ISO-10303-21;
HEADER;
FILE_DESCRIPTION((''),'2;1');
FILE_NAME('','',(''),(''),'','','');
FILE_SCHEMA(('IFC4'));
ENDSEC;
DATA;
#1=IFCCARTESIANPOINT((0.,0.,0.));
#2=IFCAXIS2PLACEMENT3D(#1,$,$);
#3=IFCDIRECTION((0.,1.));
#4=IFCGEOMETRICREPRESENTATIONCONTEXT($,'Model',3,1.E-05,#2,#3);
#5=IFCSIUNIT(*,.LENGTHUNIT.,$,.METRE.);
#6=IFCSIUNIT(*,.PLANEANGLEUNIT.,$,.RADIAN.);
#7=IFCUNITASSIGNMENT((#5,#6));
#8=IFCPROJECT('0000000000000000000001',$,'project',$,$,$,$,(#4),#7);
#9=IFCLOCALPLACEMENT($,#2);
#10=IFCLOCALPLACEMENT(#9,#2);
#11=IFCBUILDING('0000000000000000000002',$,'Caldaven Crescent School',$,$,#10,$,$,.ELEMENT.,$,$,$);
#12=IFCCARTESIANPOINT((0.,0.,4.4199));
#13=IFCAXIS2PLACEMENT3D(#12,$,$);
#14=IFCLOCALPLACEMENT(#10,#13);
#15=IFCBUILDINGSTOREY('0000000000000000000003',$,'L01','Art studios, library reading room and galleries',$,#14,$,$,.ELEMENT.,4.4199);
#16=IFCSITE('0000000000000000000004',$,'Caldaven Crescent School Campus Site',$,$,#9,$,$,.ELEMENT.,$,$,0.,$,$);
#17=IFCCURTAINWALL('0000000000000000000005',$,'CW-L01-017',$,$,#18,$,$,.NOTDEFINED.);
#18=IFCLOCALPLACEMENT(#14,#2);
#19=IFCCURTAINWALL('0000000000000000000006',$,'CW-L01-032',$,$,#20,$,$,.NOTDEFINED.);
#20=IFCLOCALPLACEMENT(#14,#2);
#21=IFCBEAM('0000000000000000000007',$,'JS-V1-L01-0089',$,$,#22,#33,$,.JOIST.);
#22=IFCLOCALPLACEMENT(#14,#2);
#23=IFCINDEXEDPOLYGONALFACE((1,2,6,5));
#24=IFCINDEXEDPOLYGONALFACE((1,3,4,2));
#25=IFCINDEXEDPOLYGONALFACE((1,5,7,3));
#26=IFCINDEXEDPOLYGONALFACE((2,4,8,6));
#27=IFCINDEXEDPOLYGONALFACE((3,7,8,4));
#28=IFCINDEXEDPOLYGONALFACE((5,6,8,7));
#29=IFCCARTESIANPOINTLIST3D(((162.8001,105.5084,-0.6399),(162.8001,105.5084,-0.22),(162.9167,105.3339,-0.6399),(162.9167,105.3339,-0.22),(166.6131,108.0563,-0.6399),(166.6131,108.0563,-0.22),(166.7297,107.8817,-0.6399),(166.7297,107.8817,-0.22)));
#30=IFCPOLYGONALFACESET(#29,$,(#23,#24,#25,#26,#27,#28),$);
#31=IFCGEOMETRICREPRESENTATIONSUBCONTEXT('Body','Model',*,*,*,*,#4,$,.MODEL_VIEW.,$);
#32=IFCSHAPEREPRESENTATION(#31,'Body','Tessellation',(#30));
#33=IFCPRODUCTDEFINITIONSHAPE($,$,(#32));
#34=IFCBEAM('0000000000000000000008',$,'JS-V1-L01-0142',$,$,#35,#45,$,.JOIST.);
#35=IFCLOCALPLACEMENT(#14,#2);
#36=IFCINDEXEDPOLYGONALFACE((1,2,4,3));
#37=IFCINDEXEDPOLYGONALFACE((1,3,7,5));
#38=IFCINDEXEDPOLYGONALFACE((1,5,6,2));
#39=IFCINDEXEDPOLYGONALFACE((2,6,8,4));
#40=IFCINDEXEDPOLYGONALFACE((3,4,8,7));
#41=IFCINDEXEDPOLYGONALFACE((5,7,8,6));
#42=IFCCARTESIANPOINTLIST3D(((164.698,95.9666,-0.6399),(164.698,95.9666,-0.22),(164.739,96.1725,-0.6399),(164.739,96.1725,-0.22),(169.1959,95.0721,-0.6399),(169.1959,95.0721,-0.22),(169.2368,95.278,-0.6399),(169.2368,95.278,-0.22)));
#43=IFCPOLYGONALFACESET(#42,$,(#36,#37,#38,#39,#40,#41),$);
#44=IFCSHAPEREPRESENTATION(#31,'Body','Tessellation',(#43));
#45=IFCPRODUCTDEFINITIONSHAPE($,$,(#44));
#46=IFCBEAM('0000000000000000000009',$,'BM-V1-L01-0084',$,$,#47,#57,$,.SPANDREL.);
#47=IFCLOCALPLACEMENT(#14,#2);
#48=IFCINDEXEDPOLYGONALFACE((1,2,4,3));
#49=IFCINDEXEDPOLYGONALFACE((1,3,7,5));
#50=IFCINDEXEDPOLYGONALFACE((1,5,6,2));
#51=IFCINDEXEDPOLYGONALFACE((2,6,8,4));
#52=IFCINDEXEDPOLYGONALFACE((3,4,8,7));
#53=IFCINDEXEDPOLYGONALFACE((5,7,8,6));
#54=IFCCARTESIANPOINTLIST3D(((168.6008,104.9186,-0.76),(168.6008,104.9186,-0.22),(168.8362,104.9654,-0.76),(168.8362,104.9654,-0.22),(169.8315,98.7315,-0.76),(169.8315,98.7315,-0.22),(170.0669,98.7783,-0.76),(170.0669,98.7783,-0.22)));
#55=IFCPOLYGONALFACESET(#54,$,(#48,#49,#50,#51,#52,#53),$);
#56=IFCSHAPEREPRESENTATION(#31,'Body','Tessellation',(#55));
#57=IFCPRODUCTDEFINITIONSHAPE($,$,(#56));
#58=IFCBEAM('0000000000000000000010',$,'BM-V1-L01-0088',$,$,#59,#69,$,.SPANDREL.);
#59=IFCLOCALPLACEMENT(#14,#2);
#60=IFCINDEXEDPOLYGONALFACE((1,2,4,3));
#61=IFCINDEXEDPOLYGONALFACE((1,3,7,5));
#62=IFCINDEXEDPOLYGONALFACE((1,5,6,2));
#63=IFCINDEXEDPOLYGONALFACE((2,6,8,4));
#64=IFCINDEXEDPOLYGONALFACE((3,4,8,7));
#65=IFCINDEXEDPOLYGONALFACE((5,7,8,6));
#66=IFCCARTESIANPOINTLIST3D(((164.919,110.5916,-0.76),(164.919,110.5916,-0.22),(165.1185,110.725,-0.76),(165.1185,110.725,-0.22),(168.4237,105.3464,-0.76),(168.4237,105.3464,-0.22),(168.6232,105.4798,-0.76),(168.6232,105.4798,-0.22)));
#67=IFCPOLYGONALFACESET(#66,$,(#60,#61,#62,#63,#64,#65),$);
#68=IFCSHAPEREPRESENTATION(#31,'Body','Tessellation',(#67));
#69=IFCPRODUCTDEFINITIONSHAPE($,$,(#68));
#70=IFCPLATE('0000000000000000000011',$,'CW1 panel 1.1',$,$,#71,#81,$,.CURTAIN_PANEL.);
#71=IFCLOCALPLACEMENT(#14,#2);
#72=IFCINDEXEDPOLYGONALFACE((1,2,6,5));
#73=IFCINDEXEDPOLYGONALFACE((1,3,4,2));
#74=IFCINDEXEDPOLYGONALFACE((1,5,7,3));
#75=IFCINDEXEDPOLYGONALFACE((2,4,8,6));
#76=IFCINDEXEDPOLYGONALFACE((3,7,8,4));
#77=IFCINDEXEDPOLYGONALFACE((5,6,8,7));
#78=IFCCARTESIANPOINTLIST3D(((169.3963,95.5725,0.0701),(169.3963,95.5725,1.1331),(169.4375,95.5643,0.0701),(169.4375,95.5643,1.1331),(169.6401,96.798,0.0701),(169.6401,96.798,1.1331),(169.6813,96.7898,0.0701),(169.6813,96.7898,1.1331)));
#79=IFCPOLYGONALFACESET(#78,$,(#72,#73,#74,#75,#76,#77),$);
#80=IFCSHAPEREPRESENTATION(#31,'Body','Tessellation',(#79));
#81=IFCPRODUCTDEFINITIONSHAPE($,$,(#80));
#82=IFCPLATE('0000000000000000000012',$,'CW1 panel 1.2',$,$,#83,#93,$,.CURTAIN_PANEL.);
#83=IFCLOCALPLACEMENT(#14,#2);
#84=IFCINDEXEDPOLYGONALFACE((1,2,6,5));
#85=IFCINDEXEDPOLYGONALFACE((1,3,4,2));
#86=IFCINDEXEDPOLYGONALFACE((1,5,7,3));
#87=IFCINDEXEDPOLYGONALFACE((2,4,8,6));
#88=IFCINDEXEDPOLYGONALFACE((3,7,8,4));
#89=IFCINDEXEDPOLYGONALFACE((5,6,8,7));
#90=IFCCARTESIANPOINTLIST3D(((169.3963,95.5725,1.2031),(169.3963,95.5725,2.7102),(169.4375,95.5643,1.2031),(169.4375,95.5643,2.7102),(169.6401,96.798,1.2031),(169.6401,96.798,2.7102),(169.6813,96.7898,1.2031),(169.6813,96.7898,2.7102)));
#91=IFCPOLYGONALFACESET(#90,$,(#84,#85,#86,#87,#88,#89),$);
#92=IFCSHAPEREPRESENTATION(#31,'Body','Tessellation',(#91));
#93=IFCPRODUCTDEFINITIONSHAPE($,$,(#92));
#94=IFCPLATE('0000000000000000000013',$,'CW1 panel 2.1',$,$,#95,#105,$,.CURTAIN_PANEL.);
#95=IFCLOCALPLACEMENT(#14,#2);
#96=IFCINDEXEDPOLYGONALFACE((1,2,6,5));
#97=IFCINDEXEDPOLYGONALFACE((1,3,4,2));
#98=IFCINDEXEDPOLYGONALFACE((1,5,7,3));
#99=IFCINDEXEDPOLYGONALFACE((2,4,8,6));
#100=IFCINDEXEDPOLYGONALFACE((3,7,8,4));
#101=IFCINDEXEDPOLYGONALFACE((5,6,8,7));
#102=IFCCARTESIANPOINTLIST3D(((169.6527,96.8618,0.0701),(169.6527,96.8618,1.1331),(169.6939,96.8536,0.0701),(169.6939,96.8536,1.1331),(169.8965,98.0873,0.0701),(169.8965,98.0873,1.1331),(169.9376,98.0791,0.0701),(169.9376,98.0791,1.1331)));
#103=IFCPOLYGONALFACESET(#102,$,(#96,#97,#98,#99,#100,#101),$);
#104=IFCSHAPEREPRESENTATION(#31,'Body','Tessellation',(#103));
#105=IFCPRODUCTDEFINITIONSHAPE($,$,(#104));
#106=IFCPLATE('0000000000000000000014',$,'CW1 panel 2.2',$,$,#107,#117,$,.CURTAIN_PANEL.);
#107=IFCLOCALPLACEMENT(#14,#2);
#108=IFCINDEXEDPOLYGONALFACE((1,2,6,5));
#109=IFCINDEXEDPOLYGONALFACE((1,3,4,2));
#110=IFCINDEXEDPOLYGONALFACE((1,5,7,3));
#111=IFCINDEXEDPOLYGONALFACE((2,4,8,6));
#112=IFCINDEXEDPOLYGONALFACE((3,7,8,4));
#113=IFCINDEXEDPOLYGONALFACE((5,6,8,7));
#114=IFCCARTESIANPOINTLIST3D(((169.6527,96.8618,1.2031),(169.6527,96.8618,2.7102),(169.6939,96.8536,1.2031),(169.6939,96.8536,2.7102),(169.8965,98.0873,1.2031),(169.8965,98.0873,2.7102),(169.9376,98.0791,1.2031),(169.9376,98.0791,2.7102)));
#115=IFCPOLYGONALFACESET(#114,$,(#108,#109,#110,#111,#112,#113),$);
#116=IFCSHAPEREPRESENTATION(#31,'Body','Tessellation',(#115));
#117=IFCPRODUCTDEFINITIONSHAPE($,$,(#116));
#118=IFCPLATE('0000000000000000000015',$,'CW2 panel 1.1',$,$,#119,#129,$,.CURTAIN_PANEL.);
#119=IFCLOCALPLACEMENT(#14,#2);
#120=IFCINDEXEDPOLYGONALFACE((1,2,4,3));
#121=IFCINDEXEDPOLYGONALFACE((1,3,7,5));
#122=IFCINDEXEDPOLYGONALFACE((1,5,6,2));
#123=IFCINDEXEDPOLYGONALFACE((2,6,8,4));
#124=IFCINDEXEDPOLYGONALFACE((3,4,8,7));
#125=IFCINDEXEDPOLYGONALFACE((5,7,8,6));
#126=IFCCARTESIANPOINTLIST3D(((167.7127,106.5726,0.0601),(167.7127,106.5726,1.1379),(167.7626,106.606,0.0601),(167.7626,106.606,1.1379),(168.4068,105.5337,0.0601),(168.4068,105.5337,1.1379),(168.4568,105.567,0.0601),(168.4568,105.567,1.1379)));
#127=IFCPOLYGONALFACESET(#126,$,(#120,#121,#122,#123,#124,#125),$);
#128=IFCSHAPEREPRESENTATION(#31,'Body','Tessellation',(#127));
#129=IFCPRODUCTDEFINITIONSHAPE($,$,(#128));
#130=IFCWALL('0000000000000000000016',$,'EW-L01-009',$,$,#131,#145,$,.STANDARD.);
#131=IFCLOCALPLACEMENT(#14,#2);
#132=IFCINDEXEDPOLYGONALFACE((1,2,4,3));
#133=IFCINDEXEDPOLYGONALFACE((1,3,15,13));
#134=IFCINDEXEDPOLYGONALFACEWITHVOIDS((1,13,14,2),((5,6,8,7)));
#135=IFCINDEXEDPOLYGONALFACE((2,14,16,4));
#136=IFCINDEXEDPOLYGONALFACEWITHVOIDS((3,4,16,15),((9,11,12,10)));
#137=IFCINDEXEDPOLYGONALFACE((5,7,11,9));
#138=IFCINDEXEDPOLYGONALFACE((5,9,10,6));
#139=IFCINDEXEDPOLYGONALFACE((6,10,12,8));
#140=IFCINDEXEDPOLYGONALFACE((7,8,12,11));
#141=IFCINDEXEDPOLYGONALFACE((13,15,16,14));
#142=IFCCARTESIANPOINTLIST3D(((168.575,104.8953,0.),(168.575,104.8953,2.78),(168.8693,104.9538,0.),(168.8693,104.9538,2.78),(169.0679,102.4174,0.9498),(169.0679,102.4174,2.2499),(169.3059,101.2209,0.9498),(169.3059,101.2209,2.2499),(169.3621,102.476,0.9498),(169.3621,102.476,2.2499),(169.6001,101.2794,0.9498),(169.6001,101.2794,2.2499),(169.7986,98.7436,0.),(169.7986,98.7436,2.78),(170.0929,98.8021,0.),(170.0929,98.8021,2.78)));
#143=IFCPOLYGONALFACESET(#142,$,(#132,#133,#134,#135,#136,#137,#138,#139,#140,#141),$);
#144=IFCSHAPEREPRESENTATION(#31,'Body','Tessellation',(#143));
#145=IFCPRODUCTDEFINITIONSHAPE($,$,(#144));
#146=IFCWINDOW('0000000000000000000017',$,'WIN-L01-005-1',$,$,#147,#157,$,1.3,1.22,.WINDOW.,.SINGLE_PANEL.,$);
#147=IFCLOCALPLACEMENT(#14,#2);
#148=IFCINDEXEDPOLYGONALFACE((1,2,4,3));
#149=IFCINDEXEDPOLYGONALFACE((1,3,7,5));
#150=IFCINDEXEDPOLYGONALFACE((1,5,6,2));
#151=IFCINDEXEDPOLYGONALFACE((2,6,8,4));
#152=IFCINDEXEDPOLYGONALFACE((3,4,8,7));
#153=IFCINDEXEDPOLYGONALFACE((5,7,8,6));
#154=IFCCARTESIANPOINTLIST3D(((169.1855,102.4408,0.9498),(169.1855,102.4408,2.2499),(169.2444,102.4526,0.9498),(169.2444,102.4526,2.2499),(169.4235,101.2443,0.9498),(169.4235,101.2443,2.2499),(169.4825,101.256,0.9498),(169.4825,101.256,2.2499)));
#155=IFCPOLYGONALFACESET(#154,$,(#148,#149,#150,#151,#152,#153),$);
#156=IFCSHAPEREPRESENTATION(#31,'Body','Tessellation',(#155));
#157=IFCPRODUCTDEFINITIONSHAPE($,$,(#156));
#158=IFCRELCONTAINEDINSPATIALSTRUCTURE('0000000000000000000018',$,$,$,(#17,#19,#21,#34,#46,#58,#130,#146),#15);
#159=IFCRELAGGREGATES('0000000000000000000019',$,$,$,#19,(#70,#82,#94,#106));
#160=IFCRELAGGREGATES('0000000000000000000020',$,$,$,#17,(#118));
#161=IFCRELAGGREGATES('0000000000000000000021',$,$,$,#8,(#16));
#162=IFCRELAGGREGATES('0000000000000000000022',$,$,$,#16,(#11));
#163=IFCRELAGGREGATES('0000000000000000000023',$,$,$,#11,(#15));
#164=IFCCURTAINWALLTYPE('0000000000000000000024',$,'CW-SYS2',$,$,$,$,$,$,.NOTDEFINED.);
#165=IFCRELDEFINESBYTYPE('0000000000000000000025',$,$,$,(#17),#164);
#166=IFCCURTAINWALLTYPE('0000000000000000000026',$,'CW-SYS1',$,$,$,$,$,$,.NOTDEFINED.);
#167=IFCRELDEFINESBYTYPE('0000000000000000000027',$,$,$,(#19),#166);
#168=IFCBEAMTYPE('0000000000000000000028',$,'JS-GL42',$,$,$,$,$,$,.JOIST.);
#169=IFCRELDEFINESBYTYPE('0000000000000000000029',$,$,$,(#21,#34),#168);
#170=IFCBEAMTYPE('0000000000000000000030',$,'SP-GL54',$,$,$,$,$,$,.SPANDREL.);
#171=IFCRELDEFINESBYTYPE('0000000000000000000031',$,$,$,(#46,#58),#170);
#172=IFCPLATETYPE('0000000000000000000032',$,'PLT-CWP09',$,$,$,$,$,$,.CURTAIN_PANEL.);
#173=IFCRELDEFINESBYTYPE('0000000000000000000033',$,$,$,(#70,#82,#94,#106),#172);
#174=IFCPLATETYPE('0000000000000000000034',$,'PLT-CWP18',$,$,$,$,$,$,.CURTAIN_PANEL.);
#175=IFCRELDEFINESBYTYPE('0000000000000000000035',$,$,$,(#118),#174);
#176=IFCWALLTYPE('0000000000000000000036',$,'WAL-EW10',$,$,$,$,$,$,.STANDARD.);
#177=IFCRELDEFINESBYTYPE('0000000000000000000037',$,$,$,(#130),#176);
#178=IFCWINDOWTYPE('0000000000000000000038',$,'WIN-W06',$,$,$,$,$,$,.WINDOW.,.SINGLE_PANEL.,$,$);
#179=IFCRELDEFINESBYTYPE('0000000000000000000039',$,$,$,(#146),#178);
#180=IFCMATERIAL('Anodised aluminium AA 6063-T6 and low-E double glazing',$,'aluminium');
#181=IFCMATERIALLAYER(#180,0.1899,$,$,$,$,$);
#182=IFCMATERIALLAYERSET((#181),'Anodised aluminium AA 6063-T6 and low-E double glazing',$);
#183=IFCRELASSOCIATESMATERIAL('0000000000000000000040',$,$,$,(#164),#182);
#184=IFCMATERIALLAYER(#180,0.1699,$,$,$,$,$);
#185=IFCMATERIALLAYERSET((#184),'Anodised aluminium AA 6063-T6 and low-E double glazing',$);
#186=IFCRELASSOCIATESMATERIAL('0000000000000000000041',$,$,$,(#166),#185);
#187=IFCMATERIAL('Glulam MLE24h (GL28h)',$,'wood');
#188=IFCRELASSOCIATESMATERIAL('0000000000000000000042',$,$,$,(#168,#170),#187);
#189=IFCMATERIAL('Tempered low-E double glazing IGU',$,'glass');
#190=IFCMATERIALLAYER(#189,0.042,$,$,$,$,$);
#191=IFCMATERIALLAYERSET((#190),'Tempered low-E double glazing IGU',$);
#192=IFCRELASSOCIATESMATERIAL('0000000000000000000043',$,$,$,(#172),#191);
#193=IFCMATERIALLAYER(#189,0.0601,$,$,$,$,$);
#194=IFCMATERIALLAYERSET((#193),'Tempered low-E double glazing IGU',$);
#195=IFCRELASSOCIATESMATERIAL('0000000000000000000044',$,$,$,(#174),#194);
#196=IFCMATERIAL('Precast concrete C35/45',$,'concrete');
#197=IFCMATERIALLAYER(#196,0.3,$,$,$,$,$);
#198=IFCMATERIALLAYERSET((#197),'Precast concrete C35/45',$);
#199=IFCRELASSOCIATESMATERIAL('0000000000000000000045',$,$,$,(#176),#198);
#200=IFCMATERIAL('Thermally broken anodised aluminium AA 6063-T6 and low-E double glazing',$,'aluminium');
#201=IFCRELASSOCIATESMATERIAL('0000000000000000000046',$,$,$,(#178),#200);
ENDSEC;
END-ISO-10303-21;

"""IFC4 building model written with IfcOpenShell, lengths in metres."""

from ifc_helpers import new_model, si_unit, direction, frame, frame_2d, origin, origin_2d, place, context, subcontext, project, spatial, rectangle, extrude, material, layer, layer_set, material_profile, profile_set, type_object, element, fill, aggregate, save


model = new_model("IFC4")

# Units and contexts
model_context = context("Model", 3, precision=1e-05, world=origin(), true_north=direction((0.0, 1.0)))
body_context = subcontext(model_context, "Body", "Model", "MODEL_VIEW")
ifc_project = project(units=[si_unit("LENGTHUNIT", "METRE"), si_unit("PLANEANGLEUNIT", "RADIAN")], contexts=[model_context])

# Site, building, storey
site_placement = place(None, origin())
site = spatial("IfcSite", under=ifc_project, at=site_placement, Name="Caldaven Crescent School Campus Site", CompositionType="ELEMENT", RefElevation=0.0)
building_placement = place(site_placement, origin())
building = spatial("IfcBuilding", under=site, at=building_placement, Name="Caldaven Crescent School", CompositionType="ELEMENT")
storey_placement = place(building_placement, frame((0.0, 0.0, 4.4199)))
storey = spatial("IfcBuildingStorey", under=building, at=storey_placement, Name="L01", Description="Art studios, library reading room and galleries", CompositionType="ELEMENT", Elevation=4.4199)

# Shared definitions
ifc_material_1 = material(Name="Glulam MLE24h (GL28h)", Category="wood")

# Curtain wall
ifc_material_2 = material(Name="Anodised aluminium AA 6063-T6 and low-E double glazing", Category="aluminium")
ifc_layer_1 = layer(ifc_material_2, 0.1899)
ifc_layer_set_1 = layer_set([ifc_layer_1], Name="Anodised aluminium AA 6063-T6 and low-E double glazing")
curtain_wall_type_1 = type_object("IfcCurtainWallType", Name="CW-SYS2", PredefinedType="NOTDEFINED", material=ifc_layer_set_1)
curtain_wall_1_placement = place(storey_placement, origin())
curtain_wall_1 = element("IfcCurtainWall", 1, at=curtain_wall_1_placement, inside=storey, type_object=curtain_wall_type_1, Name="CW-L01-017", PredefinedType="NOTDEFINED")

# Curtain wall
ifc_layer_2 = layer(ifc_material_2, 0.1699)
ifc_layer_set_2 = layer_set([ifc_layer_2], Name="Anodised aluminium AA 6063-T6 and low-E double glazing")
curtain_wall_type_2 = type_object("IfcCurtainWallType", Name="CW-SYS1", PredefinedType="NOTDEFINED", material=ifc_layer_set_2)
curtain_wall_2_placement = place(storey_placement, origin())
curtain_wall_2 = element("IfcCurtainWall", 2, at=curtain_wall_2_placement, inside=storey, type_object=curtain_wall_type_2, Name="CW-L01-032", PredefinedType="NOTDEFINED")

# Beams
ifc_material_profile_1 = material_profile(ifc_material_1, rectangle(XDim=0.21, YDim=0.4199, at=origin_2d()), Name="MLE 210x420")
ifc_profile_set_1 = profile_set([ifc_material_profile_1], Name="Glulam MLE24h (GL28h)")
beam_type_1 = type_object("IfcBeamType", Name="JS-GL42", PredefinedType="JOIST", material=ifc_profile_set_1)
for number, where, z_axis, x_axis, name in (
    (3, (162.8584, 105.4211, -0.4299), (0.83146, 0.555584, 0.0), (-0.555584, 0.83146, 0.0), "JS-V1-L01-0089"),
    (4, (164.7185, 96.0696, -0.4299), (0.980791, -0.195062, 0.0), (0.195062, 0.980791, 0.0), "JS-V1-L01-0142"),
):
    element("IfcBeam", number, at=place(storey_placement, frame(where, z_axis=z_axis, x_axis=x_axis)), inside=storey, type_object=beam_type_1, Name=name, PredefinedType="JOIST", context=body_context, shape_type="SweptSolid", body=[
        extrude(rectangle(XDim=0.21, YDim=0.4199, at=origin_2d()), origin(), (0.0, 0.0, 1.0), 4.5859),
    ])
ifc_material_profile_2 = material_profile(ifc_material_1, rectangle(XDim=0.24, YDim=0.54, at=origin_2d()), Name="MLE 240x540")
ifc_profile_set_2 = profile_set([ifc_material_profile_2], Name="Glulam MLE24h (GL28h)")
beam_type_2 = type_object("IfcBeamType", Name="SP-GL54", PredefinedType="SPANDREL", material=ifc_profile_set_2)
for number, where, z_axis, x_axis, name in (
    (5, (169.9492, 98.7549, -0.49), (-0.195096, 0.980784, 0.0), (-0.980784, -0.195096, 0.0), "BM-V1-L01-0084"),
    (6, (168.5234, 105.4131, -0.49), (-0.555566, 0.831472, 0.0), (-0.831472, -0.555566, 0.0), "BM-V1-L01-0088"),
):
    element("IfcBeam", number, at=place(storey_placement, frame(where, z_axis=z_axis, x_axis=x_axis)), inside=storey, type_object=beam_type_2, Name=name, PredefinedType="SPANDREL", context=body_context, shape_type="SweptSolid", body=[
        extrude(rectangle(XDim=0.24, YDim=0.54, at=origin_2d()), origin(), (0.0, 0.0, 1.0), 6.3083),
    ])

# Plates
ifc_material_3 = material(Name="Tempered low-E double glazing IGU", Category="glass")
ifc_layer_3 = layer(ifc_material_3, 0.042)
ifc_layer_set_3 = layer_set([ifc_layer_3], Name="Tempered low-E double glazing IGU")
plate_type_1 = type_object("IfcPlateType", Name="PLT-CWP09", PredefinedType="CURTAIN_PANEL", material=ifc_layer_set_3)
plate_1_placement = place(storey_placement, frame((169.5388, 96.1812, 0.0701), z_axis=(0.0, 0.0, 1.0), x_axis=(0.19509, 0.980785, 0.0)))
plate_1 = element("IfcPlate", 7, at=plate_1_placement, type_object=plate_type_1, Name="CW1 panel 1.1", PredefinedType="CURTAIN_PANEL", context=body_context, shape_type="SweptSolid", body=[
    extrude(rectangle(XDim=1.2495, YDim=0.042, at=origin_2d()), origin(), (0.0, 0.0, 1.0), 1.063),
])
plate_2_placement = place(storey_placement, frame((169.5388, 96.1812, 1.2031), z_axis=(0.0, 0.0, 1.0), x_axis=(0.19509, 0.980785, 0.0)))
plate_2 = element("IfcPlate", 8, at=plate_2_placement, type_object=plate_type_1, Name="CW1 panel 1.2", PredefinedType="CURTAIN_PANEL", context=body_context, shape_type="SweptSolid", body=[
    extrude(rectangle(XDim=1.2495, YDim=0.042, at=origin_2d()), origin(), (0.0, 0.0, 1.0), 1.5071),
])
plate_3_placement = place(storey_placement, frame((169.7952, 97.4705, 0.0701), z_axis=(0.0, 0.0, 1.0), x_axis=(0.19509, 0.980785, 0.0)))
plate_3 = element("IfcPlate", 9, at=plate_3_placement, type_object=plate_type_1, Name="CW1 panel 2.1", PredefinedType="CURTAIN_PANEL", context=body_context, shape_type="SweptSolid", body=[
    extrude(rectangle(XDim=1.2495, YDim=0.042, at=origin_2d()), origin(), (0.0, 0.0, 1.0), 1.063),
])
plate_4_placement = place(storey_placement, frame((169.7952, 97.4705, 1.2031), z_axis=(0.0, 0.0, 1.0), x_axis=(0.19509, 0.980785, 0.0)))
plate_4 = element("IfcPlate", 10, at=plate_4_placement, type_object=plate_type_1, Name="CW1 panel 2.2", PredefinedType="CURTAIN_PANEL", context=body_context, shape_type="SweptSolid", body=[
    extrude(rectangle(XDim=1.2495, YDim=0.042, at=origin_2d()), origin(), (0.0, 0.0, 1.0), 1.5071),
])
aggregate(curtain_wall_2, [plate_1, plate_2, plate_3, plate_4])
ifc_layer_4 = layer(ifc_material_3, 0.0601)
ifc_layer_set_4 = layer_set([ifc_layer_4], Name="Tempered low-E double glazing IGU")
plate_type_2 = type_object("IfcPlateType", Name="PLT-CWP18", PredefinedType="CURTAIN_PANEL", material=ifc_layer_set_4)
plate_5_placement = place(storey_placement, frame((168.0847, 106.0698, 0.0601), z_axis=(0.0, 0.0, 1.0), x_axis=(-0.555569, 0.83147, 0.0)))
plate_5 = element("IfcPlate", 11, at=plate_5_placement, type_object=plate_type_2, Name="CW2 panel 1.1", PredefinedType="CURTAIN_PANEL", context=body_context, shape_type="SweptSolid", body=[
    extrude(rectangle(XDim=1.2495, YDim=0.0601, at=origin_2d()), origin(), (0.0, 0.0, 1.0), 1.0779),
])
aggregate(curtain_wall_1, [plate_5])

# Wall, opening, window
ifc_material_4 = material(Name="Precast concrete C35/45", Category="concrete")
ifc_layer_5 = layer(ifc_material_4, 0.3)
ifc_layer_set_5 = layer_set([ifc_layer_5], Name="Precast concrete C35/45")
wall_type_1 = type_object("IfcWallType", Name="WAL-EW10", PredefinedType="STANDARD", material=ifc_layer_set_5)
wall_1_placement = place(storey_placement, frame((169.9458, 98.7727, 0.0), z_axis=(0.0, 0.0, 1.0), x_axis=(-0.195091, 0.980785, 0.0)))
wall_1 = element("IfcWall", 12, at=wall_1_placement, inside=storey, type_object=wall_type_1, Name="EW-L01-009", PredefinedType="STANDARD", context=body_context, shape_type="SweptSolid", body=[
    extrude(rectangle(XDim=6.2722, YDim=0.3, at=frame_2d((3.1362, 0.0))), origin(), (0.0, 0.0, 1.0), 2.78),
])
opening_1_placement = place(wall_1_placement, frame((2.5261, 0.0, 0.95)))
opening_1 = element("IfcOpeningElement", 13, at=opening_1_placement, cuts=wall_1, PredefinedType="OPENING", context=body_context, shape_type="SweptSolid", body=[
    extrude(rectangle(XDim=1.22, YDim=1.3, at=frame_2d((0.6099, 0.6499))), frame((0.0, 0.1599, 0.0), z_axis=(0.0, -1.0, 0.0), x_axis=(1.0, 0.0, 0.0)), (0.0, 0.0, 1.0), 0.3201),
])
ifc_material_5 = material(Name="Thermally broken anodised aluminium AA 6063-T6 and low-E double glazing", Category="aluminium")
window_type = type_object("IfcWindowType", Name="WIN-W06", PartitioningType="SINGLE_PANEL", PredefinedType="WINDOW", material=ifc_material_5)
window_placement = place(opening_1_placement, origin())
window = element("IfcWindow", 14, at=window_placement, inside=storey, type_object=window_type, Name="WIN-L01-005-1", OverallHeight=1.3, OverallWidth=1.22, PartitioningType="SINGLE_PANEL", PredefinedType="WINDOW", context=body_context, shape_type="SweptSolid", body=[
    extrude(rectangle(XDim=1.22, YDim=1.3, at=frame_2d((0.6099, 0.6499))), frame((0.0, 0.03, 0.0), z_axis=(0.0, -1.0, 0.0), x_axis=(1.0, 0.0, 0.0)), (0.0, 0.0, 1.0), 0.0601),
])
fill(opening_1, window)

save(model, "model.ifc")
